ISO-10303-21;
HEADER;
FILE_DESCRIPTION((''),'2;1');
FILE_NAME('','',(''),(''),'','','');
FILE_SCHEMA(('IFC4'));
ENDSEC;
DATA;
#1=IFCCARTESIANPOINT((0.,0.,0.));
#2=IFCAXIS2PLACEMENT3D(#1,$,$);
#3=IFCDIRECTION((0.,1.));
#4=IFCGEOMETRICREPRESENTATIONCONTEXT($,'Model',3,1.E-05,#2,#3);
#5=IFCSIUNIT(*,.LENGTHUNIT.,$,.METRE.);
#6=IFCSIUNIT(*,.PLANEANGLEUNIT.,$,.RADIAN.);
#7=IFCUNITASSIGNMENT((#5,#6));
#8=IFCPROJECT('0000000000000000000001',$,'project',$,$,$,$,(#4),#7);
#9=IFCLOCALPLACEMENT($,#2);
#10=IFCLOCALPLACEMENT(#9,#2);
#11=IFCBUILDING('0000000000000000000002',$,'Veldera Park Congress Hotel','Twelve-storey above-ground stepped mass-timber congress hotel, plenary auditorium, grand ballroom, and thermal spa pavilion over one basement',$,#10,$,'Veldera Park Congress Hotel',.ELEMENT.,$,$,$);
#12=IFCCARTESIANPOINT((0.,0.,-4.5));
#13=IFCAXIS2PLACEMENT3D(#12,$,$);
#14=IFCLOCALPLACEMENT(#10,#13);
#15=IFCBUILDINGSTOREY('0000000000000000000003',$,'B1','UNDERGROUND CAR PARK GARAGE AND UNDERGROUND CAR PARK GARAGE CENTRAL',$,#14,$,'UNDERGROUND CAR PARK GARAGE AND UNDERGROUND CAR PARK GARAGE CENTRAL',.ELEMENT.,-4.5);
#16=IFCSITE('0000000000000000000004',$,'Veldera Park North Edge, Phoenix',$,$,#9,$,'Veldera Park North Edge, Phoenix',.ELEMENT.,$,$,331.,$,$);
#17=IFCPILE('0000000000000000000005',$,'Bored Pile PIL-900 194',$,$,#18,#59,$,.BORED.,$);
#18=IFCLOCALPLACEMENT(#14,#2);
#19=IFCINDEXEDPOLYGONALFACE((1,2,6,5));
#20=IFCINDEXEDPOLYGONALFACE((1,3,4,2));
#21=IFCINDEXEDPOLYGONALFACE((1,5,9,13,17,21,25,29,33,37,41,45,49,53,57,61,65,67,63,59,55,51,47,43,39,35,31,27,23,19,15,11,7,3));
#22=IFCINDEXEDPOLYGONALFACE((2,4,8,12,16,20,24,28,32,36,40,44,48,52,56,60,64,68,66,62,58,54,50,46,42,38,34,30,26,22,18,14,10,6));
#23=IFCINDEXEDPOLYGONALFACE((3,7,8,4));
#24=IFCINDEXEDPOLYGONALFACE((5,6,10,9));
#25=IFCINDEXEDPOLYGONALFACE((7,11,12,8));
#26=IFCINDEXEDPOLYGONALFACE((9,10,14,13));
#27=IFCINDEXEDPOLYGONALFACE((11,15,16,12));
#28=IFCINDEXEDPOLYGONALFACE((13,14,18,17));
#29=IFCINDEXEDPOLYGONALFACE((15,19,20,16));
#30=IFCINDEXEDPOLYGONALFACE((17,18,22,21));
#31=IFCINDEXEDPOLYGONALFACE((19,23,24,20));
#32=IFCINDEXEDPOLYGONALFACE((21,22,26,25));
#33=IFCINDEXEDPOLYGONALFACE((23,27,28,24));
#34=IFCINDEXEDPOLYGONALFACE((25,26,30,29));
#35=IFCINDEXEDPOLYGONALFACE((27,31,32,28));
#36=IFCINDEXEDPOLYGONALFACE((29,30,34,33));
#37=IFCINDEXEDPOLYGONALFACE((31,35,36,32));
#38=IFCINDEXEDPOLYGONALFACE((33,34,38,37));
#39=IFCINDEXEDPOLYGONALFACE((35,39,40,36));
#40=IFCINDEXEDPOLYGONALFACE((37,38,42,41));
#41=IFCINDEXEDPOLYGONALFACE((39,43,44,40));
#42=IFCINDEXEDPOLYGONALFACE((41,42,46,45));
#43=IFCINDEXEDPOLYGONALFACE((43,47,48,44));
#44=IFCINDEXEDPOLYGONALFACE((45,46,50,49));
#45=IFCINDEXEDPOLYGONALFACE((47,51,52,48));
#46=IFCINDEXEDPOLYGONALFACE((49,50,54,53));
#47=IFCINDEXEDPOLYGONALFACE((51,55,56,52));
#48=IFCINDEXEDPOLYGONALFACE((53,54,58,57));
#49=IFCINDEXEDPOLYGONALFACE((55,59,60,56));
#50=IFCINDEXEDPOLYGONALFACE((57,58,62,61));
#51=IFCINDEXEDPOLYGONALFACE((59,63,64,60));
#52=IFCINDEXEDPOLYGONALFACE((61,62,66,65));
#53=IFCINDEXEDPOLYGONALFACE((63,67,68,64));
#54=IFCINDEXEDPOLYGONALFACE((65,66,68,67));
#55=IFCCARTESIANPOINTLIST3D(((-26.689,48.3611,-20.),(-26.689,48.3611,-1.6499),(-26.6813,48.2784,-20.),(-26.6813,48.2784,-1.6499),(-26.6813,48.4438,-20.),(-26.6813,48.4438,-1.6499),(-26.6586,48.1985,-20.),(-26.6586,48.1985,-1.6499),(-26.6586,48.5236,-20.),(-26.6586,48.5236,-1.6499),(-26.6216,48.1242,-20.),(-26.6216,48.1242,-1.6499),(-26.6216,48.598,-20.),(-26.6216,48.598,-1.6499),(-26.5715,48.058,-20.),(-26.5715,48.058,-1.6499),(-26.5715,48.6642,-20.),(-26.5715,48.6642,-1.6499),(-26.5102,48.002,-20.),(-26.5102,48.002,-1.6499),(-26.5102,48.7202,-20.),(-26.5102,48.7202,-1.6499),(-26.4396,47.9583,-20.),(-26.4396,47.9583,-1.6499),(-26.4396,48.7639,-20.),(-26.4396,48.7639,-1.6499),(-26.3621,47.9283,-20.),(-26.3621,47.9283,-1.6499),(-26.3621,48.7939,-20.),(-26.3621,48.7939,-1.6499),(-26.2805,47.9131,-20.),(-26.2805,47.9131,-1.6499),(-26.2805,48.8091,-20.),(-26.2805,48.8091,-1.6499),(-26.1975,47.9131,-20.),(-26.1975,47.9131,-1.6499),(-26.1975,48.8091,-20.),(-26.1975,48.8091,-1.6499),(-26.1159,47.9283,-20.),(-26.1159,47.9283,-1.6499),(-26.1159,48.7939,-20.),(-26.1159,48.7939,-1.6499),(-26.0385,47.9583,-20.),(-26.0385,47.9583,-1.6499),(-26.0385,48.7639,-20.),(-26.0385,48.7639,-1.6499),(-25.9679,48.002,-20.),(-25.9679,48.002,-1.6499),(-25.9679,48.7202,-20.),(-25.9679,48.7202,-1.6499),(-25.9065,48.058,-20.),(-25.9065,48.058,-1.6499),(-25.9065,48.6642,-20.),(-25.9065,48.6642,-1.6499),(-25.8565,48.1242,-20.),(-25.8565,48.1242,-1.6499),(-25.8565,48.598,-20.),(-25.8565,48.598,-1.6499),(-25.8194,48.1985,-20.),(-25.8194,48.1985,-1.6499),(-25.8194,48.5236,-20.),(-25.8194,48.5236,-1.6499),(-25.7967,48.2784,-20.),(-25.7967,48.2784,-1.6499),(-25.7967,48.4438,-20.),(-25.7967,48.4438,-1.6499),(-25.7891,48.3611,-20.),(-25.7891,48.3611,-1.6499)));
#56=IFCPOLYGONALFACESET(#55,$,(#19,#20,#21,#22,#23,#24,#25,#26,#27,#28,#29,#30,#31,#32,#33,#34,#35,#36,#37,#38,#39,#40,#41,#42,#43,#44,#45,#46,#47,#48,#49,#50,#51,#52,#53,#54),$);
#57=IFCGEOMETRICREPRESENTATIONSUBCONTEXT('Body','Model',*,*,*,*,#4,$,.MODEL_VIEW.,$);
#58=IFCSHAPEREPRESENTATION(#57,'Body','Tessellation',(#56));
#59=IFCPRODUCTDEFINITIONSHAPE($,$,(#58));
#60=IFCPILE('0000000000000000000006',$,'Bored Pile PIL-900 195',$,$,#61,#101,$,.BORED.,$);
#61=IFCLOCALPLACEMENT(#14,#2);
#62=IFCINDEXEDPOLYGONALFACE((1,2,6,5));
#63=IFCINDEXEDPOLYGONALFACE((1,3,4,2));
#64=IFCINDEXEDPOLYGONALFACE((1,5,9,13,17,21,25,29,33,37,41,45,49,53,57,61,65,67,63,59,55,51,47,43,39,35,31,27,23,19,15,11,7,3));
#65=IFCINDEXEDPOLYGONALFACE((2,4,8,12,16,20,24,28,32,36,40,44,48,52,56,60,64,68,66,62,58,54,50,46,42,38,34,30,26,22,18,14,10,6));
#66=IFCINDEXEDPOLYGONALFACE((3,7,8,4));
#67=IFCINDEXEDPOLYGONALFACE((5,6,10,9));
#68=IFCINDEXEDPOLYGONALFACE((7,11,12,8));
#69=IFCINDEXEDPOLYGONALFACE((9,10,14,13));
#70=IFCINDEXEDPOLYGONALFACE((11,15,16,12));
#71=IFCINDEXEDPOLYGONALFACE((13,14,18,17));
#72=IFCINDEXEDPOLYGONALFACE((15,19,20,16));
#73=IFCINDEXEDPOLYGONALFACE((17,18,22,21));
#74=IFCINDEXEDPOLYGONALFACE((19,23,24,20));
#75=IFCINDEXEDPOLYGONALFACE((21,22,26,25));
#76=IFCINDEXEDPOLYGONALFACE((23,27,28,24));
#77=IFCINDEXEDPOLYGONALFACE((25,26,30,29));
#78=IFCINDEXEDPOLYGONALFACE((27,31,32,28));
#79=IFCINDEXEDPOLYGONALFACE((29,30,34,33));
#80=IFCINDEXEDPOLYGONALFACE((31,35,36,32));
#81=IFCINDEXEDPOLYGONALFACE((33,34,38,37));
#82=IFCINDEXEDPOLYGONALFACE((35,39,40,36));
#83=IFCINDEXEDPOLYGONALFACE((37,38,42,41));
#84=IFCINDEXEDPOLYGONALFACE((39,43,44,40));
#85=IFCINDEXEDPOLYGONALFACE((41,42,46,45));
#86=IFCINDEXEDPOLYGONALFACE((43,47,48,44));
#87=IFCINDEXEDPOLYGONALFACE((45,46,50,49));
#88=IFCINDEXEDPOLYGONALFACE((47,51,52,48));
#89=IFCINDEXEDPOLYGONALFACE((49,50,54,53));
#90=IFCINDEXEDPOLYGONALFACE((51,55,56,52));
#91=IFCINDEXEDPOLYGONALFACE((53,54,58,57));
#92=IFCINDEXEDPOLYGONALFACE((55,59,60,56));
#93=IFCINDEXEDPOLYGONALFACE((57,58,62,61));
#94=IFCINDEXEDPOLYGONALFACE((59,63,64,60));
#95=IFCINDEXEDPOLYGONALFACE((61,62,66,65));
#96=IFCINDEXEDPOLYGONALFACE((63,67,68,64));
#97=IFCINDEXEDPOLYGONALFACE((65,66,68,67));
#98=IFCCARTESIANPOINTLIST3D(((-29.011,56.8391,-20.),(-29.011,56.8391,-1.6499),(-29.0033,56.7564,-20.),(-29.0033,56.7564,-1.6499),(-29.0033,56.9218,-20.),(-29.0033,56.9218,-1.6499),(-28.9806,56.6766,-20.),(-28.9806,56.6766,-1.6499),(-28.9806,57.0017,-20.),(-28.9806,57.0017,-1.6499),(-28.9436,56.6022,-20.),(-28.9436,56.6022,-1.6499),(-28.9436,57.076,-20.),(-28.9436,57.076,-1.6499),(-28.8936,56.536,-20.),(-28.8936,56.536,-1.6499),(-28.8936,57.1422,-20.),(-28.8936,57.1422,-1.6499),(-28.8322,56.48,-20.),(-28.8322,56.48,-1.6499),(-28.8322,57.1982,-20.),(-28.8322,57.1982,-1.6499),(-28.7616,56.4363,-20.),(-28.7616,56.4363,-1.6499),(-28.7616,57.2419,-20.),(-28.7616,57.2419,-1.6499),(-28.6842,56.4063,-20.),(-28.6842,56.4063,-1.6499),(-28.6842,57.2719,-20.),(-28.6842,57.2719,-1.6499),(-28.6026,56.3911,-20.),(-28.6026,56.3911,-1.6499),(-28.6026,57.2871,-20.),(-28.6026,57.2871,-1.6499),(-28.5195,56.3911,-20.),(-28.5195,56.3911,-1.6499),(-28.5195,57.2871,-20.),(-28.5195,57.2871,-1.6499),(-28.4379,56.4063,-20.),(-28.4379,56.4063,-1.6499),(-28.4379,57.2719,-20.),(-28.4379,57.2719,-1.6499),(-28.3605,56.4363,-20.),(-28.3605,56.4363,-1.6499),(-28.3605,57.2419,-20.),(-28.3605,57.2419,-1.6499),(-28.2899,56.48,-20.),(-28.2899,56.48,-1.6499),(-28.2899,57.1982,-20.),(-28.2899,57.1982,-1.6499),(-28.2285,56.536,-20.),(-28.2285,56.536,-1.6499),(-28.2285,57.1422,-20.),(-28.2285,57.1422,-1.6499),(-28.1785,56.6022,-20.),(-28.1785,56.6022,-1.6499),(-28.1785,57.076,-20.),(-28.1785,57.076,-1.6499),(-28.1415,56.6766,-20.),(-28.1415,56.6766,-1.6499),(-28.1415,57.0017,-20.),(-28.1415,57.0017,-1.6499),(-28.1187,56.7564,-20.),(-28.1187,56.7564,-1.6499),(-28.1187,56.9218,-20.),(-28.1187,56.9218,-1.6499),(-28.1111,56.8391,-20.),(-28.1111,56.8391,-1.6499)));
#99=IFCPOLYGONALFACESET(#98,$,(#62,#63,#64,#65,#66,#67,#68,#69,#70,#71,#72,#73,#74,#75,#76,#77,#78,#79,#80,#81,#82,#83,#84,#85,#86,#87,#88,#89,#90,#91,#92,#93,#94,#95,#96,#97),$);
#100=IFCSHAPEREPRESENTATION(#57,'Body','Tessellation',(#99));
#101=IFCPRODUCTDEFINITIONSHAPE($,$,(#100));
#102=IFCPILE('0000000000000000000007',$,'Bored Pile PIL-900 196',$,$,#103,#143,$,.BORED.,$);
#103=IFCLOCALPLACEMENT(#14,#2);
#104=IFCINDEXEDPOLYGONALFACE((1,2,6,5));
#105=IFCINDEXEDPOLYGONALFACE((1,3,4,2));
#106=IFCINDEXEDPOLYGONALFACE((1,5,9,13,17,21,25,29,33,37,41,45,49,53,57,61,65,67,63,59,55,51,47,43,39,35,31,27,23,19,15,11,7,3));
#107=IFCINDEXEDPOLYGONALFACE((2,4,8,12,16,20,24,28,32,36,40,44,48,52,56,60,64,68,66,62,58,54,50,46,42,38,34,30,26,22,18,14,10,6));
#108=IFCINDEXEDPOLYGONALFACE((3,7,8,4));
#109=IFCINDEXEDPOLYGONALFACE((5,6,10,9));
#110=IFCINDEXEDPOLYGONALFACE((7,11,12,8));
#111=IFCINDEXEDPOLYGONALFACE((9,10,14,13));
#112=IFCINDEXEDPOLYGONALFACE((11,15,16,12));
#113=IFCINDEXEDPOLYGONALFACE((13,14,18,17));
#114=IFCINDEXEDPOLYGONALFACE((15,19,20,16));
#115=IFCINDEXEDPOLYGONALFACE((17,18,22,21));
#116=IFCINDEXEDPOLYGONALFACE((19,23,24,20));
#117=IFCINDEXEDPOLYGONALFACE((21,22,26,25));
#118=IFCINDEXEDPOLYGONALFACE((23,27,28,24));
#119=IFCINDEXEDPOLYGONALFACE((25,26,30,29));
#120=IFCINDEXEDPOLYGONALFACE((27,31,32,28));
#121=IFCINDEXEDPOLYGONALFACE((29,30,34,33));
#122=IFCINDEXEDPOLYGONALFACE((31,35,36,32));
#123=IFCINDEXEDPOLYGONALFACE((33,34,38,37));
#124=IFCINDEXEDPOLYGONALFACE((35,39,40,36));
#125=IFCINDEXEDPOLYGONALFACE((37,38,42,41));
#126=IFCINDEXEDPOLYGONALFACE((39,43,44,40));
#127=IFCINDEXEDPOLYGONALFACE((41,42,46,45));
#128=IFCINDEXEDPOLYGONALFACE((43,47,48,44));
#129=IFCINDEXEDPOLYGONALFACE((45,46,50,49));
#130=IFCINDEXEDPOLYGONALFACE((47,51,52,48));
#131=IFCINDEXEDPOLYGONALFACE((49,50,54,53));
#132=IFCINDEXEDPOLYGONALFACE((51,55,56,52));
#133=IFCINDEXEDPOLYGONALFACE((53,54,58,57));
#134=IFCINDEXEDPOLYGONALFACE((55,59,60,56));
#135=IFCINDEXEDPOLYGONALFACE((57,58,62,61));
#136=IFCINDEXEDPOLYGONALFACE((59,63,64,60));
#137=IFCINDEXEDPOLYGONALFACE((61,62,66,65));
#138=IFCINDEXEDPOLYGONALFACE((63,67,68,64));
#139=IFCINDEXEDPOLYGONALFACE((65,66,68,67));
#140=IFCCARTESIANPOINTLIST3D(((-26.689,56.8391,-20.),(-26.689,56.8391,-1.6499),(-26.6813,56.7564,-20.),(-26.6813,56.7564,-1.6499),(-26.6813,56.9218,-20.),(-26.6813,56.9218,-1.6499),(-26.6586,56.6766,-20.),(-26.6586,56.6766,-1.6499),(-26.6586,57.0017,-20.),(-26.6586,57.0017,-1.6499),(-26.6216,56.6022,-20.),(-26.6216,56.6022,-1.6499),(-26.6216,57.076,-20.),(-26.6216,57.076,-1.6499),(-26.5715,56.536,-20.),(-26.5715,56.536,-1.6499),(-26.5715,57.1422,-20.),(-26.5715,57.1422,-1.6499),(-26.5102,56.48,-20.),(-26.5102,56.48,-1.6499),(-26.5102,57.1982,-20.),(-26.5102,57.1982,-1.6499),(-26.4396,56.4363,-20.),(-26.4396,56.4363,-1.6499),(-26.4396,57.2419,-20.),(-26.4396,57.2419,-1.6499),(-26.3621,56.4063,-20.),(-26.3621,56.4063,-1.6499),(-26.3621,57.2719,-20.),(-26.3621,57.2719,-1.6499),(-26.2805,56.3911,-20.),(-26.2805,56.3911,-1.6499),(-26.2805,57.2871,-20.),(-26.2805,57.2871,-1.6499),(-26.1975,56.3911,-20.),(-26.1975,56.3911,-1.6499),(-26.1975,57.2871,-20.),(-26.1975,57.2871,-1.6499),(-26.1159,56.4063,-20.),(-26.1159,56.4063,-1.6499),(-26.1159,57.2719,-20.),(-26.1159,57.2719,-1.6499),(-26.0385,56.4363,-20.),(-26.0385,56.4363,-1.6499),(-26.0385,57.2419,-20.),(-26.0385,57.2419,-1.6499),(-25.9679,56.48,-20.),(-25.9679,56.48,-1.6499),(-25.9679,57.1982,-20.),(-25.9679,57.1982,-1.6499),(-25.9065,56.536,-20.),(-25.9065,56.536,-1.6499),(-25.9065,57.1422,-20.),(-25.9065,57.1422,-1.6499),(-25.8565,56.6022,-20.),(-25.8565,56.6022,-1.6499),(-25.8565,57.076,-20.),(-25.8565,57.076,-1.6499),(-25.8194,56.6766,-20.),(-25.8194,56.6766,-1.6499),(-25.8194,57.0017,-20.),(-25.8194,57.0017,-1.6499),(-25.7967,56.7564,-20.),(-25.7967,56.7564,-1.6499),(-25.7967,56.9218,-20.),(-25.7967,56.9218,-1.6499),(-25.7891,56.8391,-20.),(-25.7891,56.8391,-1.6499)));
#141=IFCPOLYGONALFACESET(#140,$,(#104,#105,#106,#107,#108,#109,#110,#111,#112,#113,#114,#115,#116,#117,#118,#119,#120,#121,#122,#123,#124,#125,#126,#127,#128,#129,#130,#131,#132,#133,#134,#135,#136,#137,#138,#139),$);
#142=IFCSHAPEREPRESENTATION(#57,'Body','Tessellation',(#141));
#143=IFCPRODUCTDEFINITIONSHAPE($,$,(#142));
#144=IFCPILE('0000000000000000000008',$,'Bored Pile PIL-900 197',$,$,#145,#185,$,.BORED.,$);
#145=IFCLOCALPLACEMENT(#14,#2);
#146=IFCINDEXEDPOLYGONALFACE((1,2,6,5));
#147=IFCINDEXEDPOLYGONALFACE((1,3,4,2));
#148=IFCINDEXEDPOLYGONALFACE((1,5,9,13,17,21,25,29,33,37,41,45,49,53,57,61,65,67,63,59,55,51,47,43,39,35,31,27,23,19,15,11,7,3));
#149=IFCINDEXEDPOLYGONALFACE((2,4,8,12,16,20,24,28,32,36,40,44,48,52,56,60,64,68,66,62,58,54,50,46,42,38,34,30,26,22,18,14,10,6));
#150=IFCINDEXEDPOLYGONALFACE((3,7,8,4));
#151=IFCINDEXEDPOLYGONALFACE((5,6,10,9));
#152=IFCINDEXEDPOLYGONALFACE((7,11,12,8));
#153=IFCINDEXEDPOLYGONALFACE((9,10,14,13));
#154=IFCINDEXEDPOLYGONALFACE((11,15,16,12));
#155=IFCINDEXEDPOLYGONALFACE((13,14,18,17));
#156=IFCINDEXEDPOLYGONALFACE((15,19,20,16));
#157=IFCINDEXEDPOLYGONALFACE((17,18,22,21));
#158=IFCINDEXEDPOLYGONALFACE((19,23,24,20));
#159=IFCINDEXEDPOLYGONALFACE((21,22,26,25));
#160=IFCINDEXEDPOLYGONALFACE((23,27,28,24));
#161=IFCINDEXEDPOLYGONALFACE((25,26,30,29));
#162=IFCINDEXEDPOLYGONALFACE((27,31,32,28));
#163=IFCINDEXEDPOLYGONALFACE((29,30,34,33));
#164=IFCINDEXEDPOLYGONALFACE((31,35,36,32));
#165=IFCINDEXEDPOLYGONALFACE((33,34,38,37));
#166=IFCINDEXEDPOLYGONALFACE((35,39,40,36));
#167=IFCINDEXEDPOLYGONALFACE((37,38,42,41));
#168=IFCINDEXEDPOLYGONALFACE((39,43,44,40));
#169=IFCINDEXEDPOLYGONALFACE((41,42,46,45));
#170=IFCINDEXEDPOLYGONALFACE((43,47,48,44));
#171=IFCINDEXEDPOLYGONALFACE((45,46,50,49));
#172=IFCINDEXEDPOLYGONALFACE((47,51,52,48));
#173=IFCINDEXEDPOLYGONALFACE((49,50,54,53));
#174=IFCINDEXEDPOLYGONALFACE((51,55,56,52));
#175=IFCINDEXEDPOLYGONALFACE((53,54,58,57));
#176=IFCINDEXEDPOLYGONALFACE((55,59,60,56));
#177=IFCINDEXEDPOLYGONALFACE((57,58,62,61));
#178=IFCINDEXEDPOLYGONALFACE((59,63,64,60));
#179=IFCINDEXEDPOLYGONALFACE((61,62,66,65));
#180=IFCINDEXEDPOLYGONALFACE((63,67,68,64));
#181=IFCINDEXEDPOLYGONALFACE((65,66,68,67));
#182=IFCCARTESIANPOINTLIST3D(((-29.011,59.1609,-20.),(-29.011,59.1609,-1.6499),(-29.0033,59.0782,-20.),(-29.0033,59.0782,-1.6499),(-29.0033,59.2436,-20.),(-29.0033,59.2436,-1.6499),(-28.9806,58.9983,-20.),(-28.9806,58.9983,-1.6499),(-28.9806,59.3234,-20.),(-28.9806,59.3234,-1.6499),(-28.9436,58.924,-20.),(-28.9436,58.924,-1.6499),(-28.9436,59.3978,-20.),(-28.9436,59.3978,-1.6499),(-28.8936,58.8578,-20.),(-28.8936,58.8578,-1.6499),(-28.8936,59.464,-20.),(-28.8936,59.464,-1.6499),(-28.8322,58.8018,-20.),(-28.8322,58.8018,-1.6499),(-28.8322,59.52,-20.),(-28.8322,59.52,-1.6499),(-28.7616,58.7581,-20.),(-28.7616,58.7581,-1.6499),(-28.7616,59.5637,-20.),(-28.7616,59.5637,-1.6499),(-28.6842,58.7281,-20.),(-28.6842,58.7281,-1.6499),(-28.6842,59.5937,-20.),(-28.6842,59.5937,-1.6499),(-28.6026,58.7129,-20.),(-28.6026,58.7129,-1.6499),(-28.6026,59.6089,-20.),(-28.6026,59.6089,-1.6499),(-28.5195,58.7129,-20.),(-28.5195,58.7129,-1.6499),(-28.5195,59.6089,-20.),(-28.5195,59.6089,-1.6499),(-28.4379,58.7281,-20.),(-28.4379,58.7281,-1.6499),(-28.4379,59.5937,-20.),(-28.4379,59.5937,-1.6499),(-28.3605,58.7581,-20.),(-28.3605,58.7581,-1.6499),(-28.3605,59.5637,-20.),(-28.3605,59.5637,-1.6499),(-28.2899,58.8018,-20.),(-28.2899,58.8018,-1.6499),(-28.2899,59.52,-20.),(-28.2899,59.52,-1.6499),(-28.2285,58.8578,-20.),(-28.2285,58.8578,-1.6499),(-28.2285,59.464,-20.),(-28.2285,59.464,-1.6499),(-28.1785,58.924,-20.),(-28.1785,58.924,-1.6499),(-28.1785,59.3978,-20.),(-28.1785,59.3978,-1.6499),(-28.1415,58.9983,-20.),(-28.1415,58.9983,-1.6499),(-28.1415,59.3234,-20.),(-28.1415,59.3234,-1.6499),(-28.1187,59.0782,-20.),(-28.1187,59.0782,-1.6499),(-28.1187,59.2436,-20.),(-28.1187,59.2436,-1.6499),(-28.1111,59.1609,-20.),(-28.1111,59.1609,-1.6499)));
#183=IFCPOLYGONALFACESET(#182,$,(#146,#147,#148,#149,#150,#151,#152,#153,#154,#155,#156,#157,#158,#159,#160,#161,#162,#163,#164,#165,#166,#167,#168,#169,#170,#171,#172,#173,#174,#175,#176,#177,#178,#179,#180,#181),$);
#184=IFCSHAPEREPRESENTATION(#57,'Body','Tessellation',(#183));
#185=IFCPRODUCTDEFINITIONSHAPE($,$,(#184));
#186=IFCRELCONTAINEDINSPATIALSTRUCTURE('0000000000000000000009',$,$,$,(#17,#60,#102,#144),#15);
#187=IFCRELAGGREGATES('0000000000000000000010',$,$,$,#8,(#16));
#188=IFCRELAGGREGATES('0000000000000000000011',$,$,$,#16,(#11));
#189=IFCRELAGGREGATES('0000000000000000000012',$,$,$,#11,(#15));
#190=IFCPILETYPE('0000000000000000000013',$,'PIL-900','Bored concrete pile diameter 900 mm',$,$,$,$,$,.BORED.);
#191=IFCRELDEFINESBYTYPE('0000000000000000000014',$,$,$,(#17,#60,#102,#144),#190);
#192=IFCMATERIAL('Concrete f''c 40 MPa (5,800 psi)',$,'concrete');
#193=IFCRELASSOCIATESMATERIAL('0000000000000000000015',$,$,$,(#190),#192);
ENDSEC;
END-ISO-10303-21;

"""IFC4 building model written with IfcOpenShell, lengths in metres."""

from ifc_helpers import new_model, si_unit, direction, frame, origin, origin_2d, place, context, subcontext, project, spatial, circle, extrude, material, material_profile, profile_set, type_object, element, save


model = new_model("IFC4")

# Units and contexts
model_context = context("Model", 3, precision=1e-05, world=origin(), true_north=direction((0.0, 1.0)))
body_context = subcontext(model_context, "Body", "Model", "MODEL_VIEW")
ifc_project = project(units=[si_unit("LENGTHUNIT", "METRE"), si_unit("PLANEANGLEUNIT", "RADIAN")], contexts=[model_context])

# Site, building, storey
site_placement = place(None, origin())
site = spatial("IfcSite", under=ifc_project, at=site_placement, Name="Veldera Park North Edge, Phoenix", LongName="Veldera Park North Edge, Phoenix", CompositionType="ELEMENT", RefElevation=331.0)
building_placement = place(site_placement, origin())
building = spatial("IfcBuilding", under=site, at=building_placement, Name="Veldera Park Congress Hotel", Description="Twelve-storey above-ground stepped mass-timber congress hotel, plenary auditorium, grand ballroom, and thermal spa pavilion over one basement", LongName="Veldera Park Congress Hotel", CompositionType="ELEMENT")
storey_placement = place(building_placement, frame((0.0, 0.0, -4.5)))
storey = spatial("IfcBuildingStorey", under=building, at=storey_placement, Name="B1", Description="UNDERGROUND CAR PARK GARAGE AND UNDERGROUND CAR PARK GARAGE CENTRAL", LongName="UNDERGROUND CAR PARK GARAGE AND UNDERGROUND CAR PARK GARAGE CENTRAL", CompositionType="ELEMENT", Elevation=-4.5)

# Shared definitions
ifc_material_1 = material(Name="Concrete f'c 40 MPa (5,800 psi)", Category="concrete")

# Piles
ifc_material_profile_1 = material_profile(ifc_material_1, circle(Radius=0.45, at=origin_2d()), Name="PILE D900")
ifc_profile_set_1 = profile_set([ifc_material_profile_1], Name="Concrete f'c 40 MPa (5,800 psi)")
pile_type = type_object("IfcPileType", Name="PIL-900", Description="Bored concrete pile diameter 900 mm", PredefinedType="BORED", material=ifc_profile_set_1)
for number, where, z_axis, x_axis, name in (
    (1, (-26.239, 48.3611, -1.6499), (0.0, 0.0, -1.0), (1.0, 0.0, 0.0), "Bored Pile PIL-900 194"),
    (2, (-28.561, 56.8391, -1.6499), (0.0, 0.0, -1.0), (1.0, 0.0, 0.0), "Bored Pile PIL-900 195"),
    (3, (-26.239, 56.8391, -1.6499), (0.0, 0.0, -1.0), (1.0, 0.0, 0.0), "Bored Pile PIL-900 196"),
    (4, (-28.561, 59.1609, -1.6499), (0.0, 0.0, -1.0), (1.0, 0.0, 0.0), "Bored Pile PIL-900 197"),
):
    element("IfcPile", number, at=place(storey_placement, frame(where, z_axis=z_axis, x_axis=x_axis)), inside=storey, type_object=pile_type, Name=name, PredefinedType="BORED", context=body_context, shape_type="SweptSolid", body=[
        extrude(circle(Radius=0.45, at=origin_2d()), origin(), (0.0, 0.0, 1.0), 18.3501),
    ])

save(model, "model.ifc")
